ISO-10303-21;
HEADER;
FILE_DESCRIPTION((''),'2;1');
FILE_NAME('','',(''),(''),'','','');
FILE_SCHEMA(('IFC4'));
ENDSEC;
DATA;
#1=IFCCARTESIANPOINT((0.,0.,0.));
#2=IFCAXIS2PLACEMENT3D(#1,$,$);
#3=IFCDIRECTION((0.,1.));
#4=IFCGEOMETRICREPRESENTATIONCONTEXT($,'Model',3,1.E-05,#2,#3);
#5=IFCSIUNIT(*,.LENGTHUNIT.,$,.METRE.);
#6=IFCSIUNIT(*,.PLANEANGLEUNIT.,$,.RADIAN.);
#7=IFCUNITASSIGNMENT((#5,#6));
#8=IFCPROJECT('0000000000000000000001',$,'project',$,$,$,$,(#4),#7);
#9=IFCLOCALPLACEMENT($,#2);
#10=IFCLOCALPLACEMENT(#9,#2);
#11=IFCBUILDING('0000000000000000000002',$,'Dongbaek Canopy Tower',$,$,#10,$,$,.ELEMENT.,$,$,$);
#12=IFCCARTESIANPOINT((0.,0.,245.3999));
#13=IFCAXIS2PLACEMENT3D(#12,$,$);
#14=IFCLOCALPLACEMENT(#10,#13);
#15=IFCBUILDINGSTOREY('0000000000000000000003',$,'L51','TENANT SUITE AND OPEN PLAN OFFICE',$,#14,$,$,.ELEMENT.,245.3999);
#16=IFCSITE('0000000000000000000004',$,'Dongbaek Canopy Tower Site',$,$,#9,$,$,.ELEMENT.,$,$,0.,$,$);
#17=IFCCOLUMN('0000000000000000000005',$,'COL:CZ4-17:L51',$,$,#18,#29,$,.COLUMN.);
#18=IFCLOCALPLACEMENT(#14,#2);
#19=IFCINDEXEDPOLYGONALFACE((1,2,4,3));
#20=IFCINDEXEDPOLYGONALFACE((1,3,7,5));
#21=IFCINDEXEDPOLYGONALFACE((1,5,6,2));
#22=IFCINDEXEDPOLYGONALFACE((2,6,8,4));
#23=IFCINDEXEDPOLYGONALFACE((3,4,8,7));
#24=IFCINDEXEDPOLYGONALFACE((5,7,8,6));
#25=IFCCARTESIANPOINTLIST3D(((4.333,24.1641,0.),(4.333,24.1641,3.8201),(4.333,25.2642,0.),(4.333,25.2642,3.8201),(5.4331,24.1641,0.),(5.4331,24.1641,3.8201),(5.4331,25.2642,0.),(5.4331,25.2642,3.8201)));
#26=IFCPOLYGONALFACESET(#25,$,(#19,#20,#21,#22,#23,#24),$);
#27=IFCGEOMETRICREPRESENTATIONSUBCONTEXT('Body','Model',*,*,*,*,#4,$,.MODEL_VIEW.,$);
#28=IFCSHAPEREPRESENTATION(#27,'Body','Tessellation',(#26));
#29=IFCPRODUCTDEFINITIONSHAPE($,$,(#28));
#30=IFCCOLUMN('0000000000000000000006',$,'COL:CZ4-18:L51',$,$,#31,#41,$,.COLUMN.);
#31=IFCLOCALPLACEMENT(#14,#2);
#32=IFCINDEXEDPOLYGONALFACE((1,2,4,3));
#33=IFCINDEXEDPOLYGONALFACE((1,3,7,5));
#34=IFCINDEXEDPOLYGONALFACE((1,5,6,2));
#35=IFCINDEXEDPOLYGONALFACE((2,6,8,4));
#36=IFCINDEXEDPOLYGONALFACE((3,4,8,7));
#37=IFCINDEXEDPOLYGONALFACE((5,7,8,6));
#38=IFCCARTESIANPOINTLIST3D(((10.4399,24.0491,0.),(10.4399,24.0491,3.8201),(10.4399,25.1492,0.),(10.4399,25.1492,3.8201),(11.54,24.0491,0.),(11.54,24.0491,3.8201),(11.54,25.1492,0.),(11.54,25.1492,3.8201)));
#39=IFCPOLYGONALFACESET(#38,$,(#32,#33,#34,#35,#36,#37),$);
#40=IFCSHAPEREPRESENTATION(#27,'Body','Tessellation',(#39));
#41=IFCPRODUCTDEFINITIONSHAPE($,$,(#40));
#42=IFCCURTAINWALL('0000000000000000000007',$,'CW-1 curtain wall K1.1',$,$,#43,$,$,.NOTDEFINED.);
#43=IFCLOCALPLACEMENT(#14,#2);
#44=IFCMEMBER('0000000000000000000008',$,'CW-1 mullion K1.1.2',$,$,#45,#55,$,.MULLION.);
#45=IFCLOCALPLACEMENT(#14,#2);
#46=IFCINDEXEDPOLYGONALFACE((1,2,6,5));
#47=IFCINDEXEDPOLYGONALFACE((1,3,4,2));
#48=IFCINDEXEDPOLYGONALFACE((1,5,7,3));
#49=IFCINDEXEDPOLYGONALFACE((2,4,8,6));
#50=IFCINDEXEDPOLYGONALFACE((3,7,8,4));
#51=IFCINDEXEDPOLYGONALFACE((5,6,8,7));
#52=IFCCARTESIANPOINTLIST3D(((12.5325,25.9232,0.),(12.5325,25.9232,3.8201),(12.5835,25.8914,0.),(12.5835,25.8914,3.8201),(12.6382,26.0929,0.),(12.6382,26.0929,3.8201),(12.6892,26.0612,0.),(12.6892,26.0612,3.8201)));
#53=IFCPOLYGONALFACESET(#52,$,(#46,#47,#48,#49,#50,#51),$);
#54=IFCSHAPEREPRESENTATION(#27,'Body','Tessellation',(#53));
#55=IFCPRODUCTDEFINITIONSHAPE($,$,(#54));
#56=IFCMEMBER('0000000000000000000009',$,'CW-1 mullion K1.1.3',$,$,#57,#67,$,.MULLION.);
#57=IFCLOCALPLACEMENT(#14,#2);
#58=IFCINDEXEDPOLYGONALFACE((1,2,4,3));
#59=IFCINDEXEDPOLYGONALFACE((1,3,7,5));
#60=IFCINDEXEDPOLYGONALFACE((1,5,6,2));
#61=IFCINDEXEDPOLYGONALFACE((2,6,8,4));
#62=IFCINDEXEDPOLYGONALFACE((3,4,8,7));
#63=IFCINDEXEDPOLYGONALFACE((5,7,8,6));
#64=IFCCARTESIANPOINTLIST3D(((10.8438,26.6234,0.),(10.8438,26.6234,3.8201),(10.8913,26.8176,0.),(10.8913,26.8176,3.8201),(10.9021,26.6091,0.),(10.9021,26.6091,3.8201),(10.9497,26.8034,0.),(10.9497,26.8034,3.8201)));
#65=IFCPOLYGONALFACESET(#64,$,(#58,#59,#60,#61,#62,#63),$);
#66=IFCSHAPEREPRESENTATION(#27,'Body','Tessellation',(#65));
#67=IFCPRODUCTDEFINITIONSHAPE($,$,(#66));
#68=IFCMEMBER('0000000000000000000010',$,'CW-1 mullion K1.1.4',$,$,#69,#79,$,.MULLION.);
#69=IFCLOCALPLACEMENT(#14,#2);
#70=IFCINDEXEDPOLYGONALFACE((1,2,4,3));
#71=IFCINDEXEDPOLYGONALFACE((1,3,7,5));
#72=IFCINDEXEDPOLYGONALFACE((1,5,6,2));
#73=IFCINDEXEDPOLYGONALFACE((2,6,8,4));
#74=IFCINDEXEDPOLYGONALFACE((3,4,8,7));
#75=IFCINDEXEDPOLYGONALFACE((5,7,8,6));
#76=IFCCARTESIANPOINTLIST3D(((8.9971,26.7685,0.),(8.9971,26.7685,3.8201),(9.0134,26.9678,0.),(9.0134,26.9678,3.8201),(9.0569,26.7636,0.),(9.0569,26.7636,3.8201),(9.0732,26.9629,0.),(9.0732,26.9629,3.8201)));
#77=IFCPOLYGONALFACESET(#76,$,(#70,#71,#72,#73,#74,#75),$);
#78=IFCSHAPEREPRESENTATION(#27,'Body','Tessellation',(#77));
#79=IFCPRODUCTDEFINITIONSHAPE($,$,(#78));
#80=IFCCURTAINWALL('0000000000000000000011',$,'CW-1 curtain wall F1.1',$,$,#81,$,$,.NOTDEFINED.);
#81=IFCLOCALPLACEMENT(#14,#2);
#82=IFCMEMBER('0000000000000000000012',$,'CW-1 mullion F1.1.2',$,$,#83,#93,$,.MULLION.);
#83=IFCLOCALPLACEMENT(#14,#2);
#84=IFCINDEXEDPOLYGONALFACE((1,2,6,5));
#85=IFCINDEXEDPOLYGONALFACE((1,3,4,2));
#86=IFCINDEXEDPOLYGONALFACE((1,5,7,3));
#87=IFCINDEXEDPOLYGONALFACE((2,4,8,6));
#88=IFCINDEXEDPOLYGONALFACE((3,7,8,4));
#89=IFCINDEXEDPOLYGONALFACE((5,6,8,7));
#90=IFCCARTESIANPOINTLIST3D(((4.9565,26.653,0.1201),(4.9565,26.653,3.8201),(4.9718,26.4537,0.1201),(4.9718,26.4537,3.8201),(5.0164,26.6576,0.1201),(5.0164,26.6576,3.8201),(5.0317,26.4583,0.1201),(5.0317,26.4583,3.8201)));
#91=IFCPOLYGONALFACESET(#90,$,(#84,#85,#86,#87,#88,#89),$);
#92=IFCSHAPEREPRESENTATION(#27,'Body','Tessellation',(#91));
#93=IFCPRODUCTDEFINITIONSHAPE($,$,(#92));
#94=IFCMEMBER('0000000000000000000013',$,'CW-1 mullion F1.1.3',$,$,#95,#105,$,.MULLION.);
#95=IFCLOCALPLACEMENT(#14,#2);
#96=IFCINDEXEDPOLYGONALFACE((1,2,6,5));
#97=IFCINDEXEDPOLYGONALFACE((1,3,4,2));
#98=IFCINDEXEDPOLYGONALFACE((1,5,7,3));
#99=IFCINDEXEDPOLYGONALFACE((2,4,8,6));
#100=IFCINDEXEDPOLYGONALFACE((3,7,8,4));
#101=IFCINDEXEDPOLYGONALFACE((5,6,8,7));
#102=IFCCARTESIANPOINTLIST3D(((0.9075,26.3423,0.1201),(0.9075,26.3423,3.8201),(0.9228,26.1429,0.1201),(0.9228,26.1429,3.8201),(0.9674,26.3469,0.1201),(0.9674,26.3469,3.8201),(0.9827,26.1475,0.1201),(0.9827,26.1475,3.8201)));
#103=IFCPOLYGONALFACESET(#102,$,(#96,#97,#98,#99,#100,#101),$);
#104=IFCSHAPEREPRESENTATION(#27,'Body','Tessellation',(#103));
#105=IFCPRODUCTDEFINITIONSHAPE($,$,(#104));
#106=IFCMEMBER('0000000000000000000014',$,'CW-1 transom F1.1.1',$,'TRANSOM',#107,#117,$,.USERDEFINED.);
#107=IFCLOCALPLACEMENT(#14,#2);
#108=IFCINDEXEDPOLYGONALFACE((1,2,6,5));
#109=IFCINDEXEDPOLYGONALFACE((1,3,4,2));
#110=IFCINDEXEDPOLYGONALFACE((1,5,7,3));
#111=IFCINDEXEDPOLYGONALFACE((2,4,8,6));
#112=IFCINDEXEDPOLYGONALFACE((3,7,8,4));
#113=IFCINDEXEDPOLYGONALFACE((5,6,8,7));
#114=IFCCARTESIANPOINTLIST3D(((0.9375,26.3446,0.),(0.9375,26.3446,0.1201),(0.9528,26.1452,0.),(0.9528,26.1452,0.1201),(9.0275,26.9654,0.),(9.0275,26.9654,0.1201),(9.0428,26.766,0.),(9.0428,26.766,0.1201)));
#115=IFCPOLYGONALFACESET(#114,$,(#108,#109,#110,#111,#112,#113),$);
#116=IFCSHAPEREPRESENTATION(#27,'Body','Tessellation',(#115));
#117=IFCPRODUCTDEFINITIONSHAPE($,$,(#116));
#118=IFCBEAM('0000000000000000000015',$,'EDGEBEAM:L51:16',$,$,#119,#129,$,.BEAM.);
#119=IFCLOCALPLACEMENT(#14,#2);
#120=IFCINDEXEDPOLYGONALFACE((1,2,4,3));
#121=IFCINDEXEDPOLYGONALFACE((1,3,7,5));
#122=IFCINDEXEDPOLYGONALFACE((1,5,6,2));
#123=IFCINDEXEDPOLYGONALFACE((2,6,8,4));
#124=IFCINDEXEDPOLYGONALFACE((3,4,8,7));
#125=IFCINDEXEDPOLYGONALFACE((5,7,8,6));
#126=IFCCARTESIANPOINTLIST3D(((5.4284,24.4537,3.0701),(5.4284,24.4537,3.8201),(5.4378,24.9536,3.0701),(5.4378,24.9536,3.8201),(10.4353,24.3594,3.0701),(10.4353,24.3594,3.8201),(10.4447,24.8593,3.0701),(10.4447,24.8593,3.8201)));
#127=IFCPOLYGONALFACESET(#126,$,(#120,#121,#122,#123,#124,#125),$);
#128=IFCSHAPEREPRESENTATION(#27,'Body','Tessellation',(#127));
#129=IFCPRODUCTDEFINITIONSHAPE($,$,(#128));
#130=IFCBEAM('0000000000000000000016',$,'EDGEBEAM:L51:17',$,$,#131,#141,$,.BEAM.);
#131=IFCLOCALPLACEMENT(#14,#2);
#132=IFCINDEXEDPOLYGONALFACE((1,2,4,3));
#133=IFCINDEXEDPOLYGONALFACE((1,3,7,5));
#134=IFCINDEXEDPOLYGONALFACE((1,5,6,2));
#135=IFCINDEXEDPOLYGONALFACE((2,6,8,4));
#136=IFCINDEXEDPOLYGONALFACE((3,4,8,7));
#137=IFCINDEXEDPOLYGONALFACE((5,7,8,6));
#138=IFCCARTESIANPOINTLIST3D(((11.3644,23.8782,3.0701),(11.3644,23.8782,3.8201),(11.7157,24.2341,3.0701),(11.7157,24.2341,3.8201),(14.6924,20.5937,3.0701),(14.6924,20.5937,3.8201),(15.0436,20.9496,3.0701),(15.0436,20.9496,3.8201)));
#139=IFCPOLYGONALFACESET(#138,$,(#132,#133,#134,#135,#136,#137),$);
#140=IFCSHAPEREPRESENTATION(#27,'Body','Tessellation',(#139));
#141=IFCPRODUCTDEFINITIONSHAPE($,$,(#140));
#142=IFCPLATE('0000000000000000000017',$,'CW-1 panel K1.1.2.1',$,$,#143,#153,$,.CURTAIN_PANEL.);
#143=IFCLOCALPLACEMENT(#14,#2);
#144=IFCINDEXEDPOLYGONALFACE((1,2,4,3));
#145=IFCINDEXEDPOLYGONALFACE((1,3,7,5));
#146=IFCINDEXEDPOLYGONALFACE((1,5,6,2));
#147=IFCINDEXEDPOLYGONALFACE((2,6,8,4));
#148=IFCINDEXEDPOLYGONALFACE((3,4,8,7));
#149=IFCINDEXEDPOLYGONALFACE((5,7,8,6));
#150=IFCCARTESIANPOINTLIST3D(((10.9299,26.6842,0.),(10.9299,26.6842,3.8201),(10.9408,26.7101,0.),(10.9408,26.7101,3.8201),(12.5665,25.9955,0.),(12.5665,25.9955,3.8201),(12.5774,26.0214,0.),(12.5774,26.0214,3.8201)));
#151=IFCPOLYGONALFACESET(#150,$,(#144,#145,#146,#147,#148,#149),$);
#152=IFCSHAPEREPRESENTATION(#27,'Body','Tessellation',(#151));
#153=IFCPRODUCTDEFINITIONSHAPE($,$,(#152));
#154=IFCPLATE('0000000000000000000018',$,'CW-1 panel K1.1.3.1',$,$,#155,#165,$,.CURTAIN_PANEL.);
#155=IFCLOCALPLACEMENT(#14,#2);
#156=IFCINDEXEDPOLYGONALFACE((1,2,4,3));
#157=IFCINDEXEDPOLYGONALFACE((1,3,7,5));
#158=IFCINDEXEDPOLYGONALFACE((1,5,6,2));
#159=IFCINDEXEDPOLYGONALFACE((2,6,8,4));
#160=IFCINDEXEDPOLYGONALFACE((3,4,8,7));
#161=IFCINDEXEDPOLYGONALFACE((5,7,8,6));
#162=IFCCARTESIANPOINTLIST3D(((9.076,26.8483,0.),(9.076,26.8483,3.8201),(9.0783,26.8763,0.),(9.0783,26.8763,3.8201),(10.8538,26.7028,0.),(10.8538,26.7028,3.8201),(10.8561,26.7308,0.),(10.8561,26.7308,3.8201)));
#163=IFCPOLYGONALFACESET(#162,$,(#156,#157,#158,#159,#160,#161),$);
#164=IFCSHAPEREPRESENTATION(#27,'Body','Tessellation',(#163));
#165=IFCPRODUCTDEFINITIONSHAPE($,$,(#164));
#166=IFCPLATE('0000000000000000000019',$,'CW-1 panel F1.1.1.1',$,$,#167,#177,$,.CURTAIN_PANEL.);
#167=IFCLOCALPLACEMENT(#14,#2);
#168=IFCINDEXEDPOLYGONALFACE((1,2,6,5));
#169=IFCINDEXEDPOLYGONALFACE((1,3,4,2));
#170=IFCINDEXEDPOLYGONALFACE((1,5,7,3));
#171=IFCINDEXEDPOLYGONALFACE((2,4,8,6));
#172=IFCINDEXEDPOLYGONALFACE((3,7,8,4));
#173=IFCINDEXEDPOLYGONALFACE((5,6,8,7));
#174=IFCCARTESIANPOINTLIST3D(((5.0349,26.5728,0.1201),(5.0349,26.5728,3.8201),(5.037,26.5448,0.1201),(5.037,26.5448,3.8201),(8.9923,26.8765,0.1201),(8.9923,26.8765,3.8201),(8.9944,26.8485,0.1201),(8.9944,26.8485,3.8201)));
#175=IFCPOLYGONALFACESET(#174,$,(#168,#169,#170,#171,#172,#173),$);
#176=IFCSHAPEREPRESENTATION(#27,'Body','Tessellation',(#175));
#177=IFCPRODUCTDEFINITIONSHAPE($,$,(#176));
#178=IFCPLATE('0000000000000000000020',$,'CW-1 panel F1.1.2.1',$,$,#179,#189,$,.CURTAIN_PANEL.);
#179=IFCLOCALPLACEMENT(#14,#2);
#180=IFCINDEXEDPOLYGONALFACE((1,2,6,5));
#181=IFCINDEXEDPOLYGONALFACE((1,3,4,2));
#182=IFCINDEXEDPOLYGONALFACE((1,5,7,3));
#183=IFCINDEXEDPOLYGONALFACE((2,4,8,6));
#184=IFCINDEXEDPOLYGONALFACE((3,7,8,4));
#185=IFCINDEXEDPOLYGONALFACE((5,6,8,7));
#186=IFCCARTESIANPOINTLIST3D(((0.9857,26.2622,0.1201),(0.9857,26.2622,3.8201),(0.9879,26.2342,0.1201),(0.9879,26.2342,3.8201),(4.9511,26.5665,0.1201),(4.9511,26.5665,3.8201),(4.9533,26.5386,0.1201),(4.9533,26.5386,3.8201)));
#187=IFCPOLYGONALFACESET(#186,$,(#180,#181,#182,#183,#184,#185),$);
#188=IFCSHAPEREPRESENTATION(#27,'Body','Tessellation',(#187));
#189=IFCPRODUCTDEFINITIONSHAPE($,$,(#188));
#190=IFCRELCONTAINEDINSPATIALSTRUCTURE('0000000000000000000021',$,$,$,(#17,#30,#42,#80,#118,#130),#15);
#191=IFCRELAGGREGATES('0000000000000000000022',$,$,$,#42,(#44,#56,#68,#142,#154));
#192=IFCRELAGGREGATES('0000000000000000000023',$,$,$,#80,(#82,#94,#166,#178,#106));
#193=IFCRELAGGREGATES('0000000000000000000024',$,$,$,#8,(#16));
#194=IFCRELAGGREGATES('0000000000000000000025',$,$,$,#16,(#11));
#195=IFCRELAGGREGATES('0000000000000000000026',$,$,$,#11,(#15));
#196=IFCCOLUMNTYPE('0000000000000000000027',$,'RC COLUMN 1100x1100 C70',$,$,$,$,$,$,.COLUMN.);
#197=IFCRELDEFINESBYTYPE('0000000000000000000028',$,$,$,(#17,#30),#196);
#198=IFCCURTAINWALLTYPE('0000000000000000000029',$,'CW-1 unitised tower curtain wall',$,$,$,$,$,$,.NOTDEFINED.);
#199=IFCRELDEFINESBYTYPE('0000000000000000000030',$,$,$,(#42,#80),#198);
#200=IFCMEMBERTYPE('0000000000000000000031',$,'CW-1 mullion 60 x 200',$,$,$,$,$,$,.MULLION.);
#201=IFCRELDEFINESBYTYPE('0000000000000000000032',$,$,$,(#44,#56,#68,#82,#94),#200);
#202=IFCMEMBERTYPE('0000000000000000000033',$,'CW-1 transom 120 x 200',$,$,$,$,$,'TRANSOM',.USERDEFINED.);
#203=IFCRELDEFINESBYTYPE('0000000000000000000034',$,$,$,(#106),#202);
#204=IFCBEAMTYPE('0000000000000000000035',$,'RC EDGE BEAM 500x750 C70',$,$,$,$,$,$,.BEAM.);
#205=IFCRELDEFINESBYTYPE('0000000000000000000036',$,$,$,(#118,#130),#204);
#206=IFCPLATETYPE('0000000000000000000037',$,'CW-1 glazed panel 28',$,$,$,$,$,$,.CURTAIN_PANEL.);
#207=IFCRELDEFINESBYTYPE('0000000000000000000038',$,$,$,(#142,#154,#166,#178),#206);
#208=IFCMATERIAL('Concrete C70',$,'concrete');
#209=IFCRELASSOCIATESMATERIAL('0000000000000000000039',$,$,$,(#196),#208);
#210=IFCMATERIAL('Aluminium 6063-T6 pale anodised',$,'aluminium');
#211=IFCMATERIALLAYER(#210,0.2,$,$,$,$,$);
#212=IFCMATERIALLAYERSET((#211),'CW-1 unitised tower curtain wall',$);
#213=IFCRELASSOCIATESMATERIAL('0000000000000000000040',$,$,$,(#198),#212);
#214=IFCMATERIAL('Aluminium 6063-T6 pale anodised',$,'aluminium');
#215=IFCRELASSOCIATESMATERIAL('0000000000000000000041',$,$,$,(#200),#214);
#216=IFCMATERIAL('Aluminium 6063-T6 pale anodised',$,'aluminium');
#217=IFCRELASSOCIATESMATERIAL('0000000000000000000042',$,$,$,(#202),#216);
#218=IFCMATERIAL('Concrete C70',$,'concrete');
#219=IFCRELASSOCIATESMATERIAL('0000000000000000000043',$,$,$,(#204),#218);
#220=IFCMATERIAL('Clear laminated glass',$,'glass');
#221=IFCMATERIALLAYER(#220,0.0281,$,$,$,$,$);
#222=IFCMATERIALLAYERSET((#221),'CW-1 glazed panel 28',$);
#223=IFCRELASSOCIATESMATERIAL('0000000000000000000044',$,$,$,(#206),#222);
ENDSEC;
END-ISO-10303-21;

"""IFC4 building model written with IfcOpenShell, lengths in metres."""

from ifc_helpers import new_model, si_unit, direction, frame, origin, origin_2d, place, context, subcontext, project, spatial, rectangle, extrude, material, layer, layer_set, material_profile, profile_set, type_object, element, aggregate, save


model = new_model("IFC4")

# Units and contexts
model_context = context("Model", 3, precision=1e-05, world=origin(), true_north=direction((0.0, 1.0)))
body_context = subcontext(model_context, "Body", "Model", "MODEL_VIEW")
ifc_project = project(units=[si_unit("LENGTHUNIT", "METRE"), si_unit("PLANEANGLEUNIT", "RADIAN")], contexts=[model_context])

# Site, building, storey
site_placement = place(None, origin())
site = spatial("IfcSite", under=ifc_project, at=site_placement, Name="Dongbaek Canopy Tower Site", CompositionType="ELEMENT", RefElevation=0.0)
building_placement = place(site_placement, origin())
building = spatial("IfcBuilding", under=site, at=building_placement, Name="Dongbaek Canopy Tower", CompositionType="ELEMENT")
storey_placement = place(building_placement, frame((0.0, 0.0, 245.3999)))
storey = spatial("IfcBuildingStorey", under=building, at=storey_placement, Name="L51", Description="TENANT SUITE AND OPEN PLAN OFFICE", CompositionType="ELEMENT", Elevation=245.3999)

# Columns
ifc_material_1 = material(Name="Concrete C70", Category="concrete")
ifc_material_profile_1 = material_profile(ifc_material_1, rectangle(XDim=1.1001, YDim=1.1001, at=origin_2d()), Name="RC COLUMN 1100x1100 C70")
ifc_profile_set_1 = profile_set([ifc_material_profile_1], Name="Concrete C70")
column_type = type_object("IfcColumnType", Name="RC COLUMN 1100x1100 C70", PredefinedType="COLUMN", material=ifc_profile_set_1)
for number, where, z_axis, x_axis, name in (
    (1, (4.8831, 24.7141, 0.0), (0.0, 0.0, 1.0), (1.0, 0.0, 0.0), "COL:CZ4-17:L51"),
    (2, (10.99, 24.5991, 0.0), (0.0, 0.0, 1.0), (1.0, 0.0, 0.0), "COL:CZ4-18:L51"),
):
    element("IfcColumn", number, at=place(storey_placement, frame(where, z_axis=z_axis, x_axis=x_axis)), inside=storey, type_object=column_type, Name=name, PredefinedType="COLUMN", context=body_context, shape_type="SweptSolid", body=[
        extrude(rectangle(XDim=1.1001, YDim=1.1001, at=origin_2d()), origin(), (0.0, 0.0, 1.0), 3.8201),
    ])

# Curtain walls, members
ifc_material_2 = material(Name="Aluminium 6063-T6 pale anodised", Category="aluminium")
ifc_layer_1 = layer(ifc_material_2, 0.2)
ifc_layer_set_1 = layer_set([ifc_layer_1], Name="CW-1 unitised tower curtain wall")
curtain_wall_type = type_object("IfcCurtainWallType", Name="CW-1 unitised tower curtain wall", PredefinedType="NOTDEFINED", material=ifc_layer_set_1)
curtain_wall_1_placement = place(storey_placement, origin())
curtain_wall_1 = element("IfcCurtainWall", 3, at=curtain_wall_1_placement, inside=storey, type_object=curtain_wall_type, Name="CW-1 curtain wall K1.1", PredefinedType="NOTDEFINED")
ifc_material_3 = material(Name="Aluminium 6063-T6 pale anodised", Category="aluminium")
ifc_material_profile_2 = material_profile(ifc_material_3, rectangle(XDim=0.2, YDim=0.0601, at=origin_2d()), Name="CW-1 mullion 60 x 200")
ifc_profile_set_2 = profile_set([ifc_material_profile_2], Name="Aluminium 6063-T6 pale anodised")
member_type_1 = type_object("IfcMemberType", Name="CW-1 mullion 60 x 200", PredefinedType="MULLION", material=ifc_profile_set_2)
member_1_placement = place(storey_placement, frame((12.6108, 25.9922, 0.0), z_axis=(0.0, 0.0, 1.0), x_axis=(0.528293, 0.849062, 0.0)))
member_1 = element("IfcMember", 4, at=member_1_placement, type_object=member_type_1, Name="CW-1 mullion K1.1.2", PredefinedType="MULLION", context=body_context, shape_type="SweptSolid", body=[
    extrude(rectangle(XDim=0.2, YDim=0.0601, at=origin_2d()), origin(), (0.0, 0.0, 1.0), 3.8201),
])
member_2_placement = place(storey_placement, frame((10.8967, 26.7134, 0.0), z_axis=(0.0, 0.0, 1.0), x_axis=(0.2377, 0.971339, 0.0)))
member_2 = element("IfcMember", 5, at=member_2_placement, type_object=member_type_1, Name="CW-1 mullion K1.1.3", PredefinedType="MULLION", context=body_context, shape_type="SweptSolid", body=[
    extrude(rectangle(XDim=0.2, YDim=0.0601, at=origin_2d()), origin(), (0.0, 0.0, 1.0), 3.8201),
])
member_3_placement = place(storey_placement, frame((9.0352, 26.8657, 0.0), z_axis=(0.0, 0.0, 1.0), x_axis=(0.081611, 0.996664, 0.0)))
member_3 = element("IfcMember", 6, at=member_3_placement, type_object=member_type_1, Name="CW-1 mullion K1.1.4", PredefinedType="MULLION", context=body_context, shape_type="SweptSolid", body=[
    extrude(rectangle(XDim=0.2, YDim=0.0601, at=origin_2d()), origin(), (0.0, 0.0, 1.0), 3.8201),
])
curtain_wall_2_placement = place(storey_placement, origin())
curtain_wall_2 = element("IfcCurtainWall", 7, at=curtain_wall_2_placement, inside=storey, type_object=curtain_wall_type, Name="CW-1 curtain wall F1.1", PredefinedType="NOTDEFINED")
member_4_placement = place(storey_placement, frame((4.9941, 26.5557, 0.1201), z_axis=(0.0, 0.0, 1.0), x_axis=(-0.076518, 0.997068, 0.0)))
member_4 = element("IfcMember", 8, at=member_4_placement, type_object=member_type_1, Name="CW-1 mullion F1.1.2", PredefinedType="MULLION", context=body_context, shape_type="SweptSolid", body=[
    extrude(rectangle(XDim=0.2, YDim=0.0601, at=origin_2d()), origin(), (0.0, 0.0, 1.0), 3.7),
])
member_5_placement = place(storey_placement, frame((0.9451, 26.2449, 0.1201), z_axis=(0.0, 0.0, 1.0), x_axis=(-0.076518, 0.997068, 0.0)))
member_5 = element("IfcMember", 9, at=member_5_placement, type_object=member_type_1, Name="CW-1 mullion F1.1.3", PredefinedType="MULLION", context=body_context, shape_type="SweptSolid", body=[
    extrude(rectangle(XDim=0.2, YDim=0.0601, at=origin_2d()), origin(), (0.0, 0.0, 1.0), 3.7),
])
ifc_material_4 = material(Name="Aluminium 6063-T6 pale anodised", Category="aluminium")
ifc_material_profile_3 = material_profile(ifc_material_4, rectangle(XDim=0.2, YDim=0.1201, at=origin_2d()), Name="CW-1 transom 120 x 200")
ifc_profile_set_3 = profile_set([ifc_material_profile_3], Name="Aluminium 6063-T6 pale anodised")
member_type_2 = type_object("IfcMemberType", Name="CW-1 transom 120 x 200", ElementType="TRANSOM", PredefinedType="USERDEFINED", material=ifc_profile_set_3)
member_6_placement = place(storey_placement, frame((9.0352, 26.8657, 0.0601), z_axis=(-0.997068, -0.076517, 0.0), x_axis=(0.076517, -0.997068, 0.0)))
member_6 = element("IfcMember", 10, at=member_6_placement, type_object=member_type_2, Name="CW-1 transom F1.1.1", ObjectType="TRANSOM", PredefinedType="USERDEFINED", context=body_context, shape_type="SweptSolid", body=[
    extrude(rectangle(XDim=0.2, YDim=0.1201, at=origin_2d()), origin(), (0.0, 0.0, 1.0), 8.1138),
])

# Beams
ifc_material_5 = material(Name="Concrete C70", Category="concrete")
ifc_material_profile_4 = material_profile(ifc_material_5, rectangle(XDim=0.5, YDim=0.75, at=origin_2d()), Name="RC EDGE BEAM 500x750 C70")
ifc_profile_set_4 = profile_set([ifc_material_profile_4], Name="Concrete C70")
beam_type = type_object("IfcBeamType", Name="RC EDGE BEAM 500x750 C70", PredefinedType="BEAM", material=ifc_profile_set_4)
beam_1_placement = place(storey_placement, frame((5.4331, 24.7036, 3.4451), z_axis=(0.999823, -0.018819, 0.0), x_axis=(0.018819, 0.999823, 0.0)))
element("IfcBeam", 11, at=beam_1_placement, inside=storey, type_object=beam_type, Name="EDGEBEAM:L51:16", PredefinedType="BEAM", context=body_context, shape_type="SweptSolid", body=[
    extrude(rectangle(XDim=0.5, YDim=0.75, at=origin_2d()), origin(), (0.0, 0.0, 1.0), 5.0078),
])
beam_2_placement = place(storey_placement, frame((11.54, 24.0562, 3.4451), z_axis=(0.711739, -0.702444, 0.0), x_axis=(0.702444, 0.711739, 0.0)))
element("IfcBeam", 12, at=beam_2_placement, inside=storey, type_object=beam_type, Name="EDGEBEAM:L51:17", PredefinedType="BEAM", context=body_context, shape_type="SweptSolid", body=[
    extrude(rectangle(XDim=0.5, YDim=0.75, at=origin_2d()), origin(), (0.0, 0.0, 1.0), 4.6758),
])

# Plates
ifc_material_6 = material(Name="Clear laminated glass", Category="glass")
ifc_layer_2 = layer(ifc_material_6, 0.0281)
ifc_layer_set_2 = layer_set([ifc_layer_2], Name="CW-1 glazed panel 28")
plate_type = type_object("IfcPlateType", Name="CW-1 glazed panel 28", PredefinedType="CURTAIN_PANEL", material=ifc_layer_set_2)
plate_1_placement = place(storey_placement, frame((11.7537, 26.3528, 0.0), z_axis=(0.0, 0.0, 1.0), x_axis=(-0.921724, 0.387846, 0.0)))
plate_1 = element("IfcPlate", 13, at=plate_1_placement, type_object=plate_type, Name="CW-1 panel K1.1.2.1", PredefinedType="CURTAIN_PANEL", context=body_context, shape_type="SweptSolid", body=[
    extrude(rectangle(XDim=1.7756, YDim=0.0281, at=origin_2d()), origin(), (0.0, 0.0, 1.0), 3.8201),
])
plate_2_placement = place(storey_placement, frame((9.9661, 26.7896, 0.0), z_axis=(0.0, 0.0, 1.0), x_axis=(-0.996664, 0.081611, 0.0)))
plate_2 = element("IfcPlate", 14, at=plate_2_placement, type_object=plate_type, Name="CW-1 panel K1.1.3.1", PredefinedType="CURTAIN_PANEL", context=body_context, shape_type="SweptSolid", body=[
    extrude(rectangle(XDim=1.7837, YDim=0.0281, at=origin_2d()), origin(), (0.0, 0.0, 1.0), 3.8201),
])
aggregate(curtain_wall_1, [member_1, member_2, member_3, plate_1, plate_2])
plate_3_placement = place(storey_placement, frame((7.0146, 26.7107, 0.1201), z_axis=(0.0, 0.0, 1.0), x_axis=(-0.997068, -0.076518, 0.0)))
plate_3 = element("IfcPlate", 15, at=plate_3_placement, type_object=plate_type, Name="CW-1 panel F1.1.1.1", PredefinedType="CURTAIN_PANEL", context=body_context, shape_type="SweptSolid", body=[
    extrude(rectangle(XDim=3.969, YDim=0.0281, at=origin_2d()), origin(), (0.0, 0.0, 1.0), 3.7),
])
plate_4_placement = place(storey_placement, frame((2.9695, 26.4004, 0.1201), z_axis=(0.0, 0.0, 1.0), x_axis=(-0.997068, -0.076518, 0.0)))
plate_4 = element("IfcPlate", 16, at=plate_4_placement, type_object=plate_type, Name="CW-1 panel F1.1.2.1", PredefinedType="CURTAIN_PANEL", context=body_context, shape_type="SweptSolid", body=[
    extrude(rectangle(XDim=3.9771, YDim=0.0281, at=origin_2d()), origin(), (0.0, 0.0, 1.0), 3.7),
])

aggregate(curtain_wall_2, [member_4, member_5, plate_3, plate_4, member_6])

save(model, "model.ifc")
